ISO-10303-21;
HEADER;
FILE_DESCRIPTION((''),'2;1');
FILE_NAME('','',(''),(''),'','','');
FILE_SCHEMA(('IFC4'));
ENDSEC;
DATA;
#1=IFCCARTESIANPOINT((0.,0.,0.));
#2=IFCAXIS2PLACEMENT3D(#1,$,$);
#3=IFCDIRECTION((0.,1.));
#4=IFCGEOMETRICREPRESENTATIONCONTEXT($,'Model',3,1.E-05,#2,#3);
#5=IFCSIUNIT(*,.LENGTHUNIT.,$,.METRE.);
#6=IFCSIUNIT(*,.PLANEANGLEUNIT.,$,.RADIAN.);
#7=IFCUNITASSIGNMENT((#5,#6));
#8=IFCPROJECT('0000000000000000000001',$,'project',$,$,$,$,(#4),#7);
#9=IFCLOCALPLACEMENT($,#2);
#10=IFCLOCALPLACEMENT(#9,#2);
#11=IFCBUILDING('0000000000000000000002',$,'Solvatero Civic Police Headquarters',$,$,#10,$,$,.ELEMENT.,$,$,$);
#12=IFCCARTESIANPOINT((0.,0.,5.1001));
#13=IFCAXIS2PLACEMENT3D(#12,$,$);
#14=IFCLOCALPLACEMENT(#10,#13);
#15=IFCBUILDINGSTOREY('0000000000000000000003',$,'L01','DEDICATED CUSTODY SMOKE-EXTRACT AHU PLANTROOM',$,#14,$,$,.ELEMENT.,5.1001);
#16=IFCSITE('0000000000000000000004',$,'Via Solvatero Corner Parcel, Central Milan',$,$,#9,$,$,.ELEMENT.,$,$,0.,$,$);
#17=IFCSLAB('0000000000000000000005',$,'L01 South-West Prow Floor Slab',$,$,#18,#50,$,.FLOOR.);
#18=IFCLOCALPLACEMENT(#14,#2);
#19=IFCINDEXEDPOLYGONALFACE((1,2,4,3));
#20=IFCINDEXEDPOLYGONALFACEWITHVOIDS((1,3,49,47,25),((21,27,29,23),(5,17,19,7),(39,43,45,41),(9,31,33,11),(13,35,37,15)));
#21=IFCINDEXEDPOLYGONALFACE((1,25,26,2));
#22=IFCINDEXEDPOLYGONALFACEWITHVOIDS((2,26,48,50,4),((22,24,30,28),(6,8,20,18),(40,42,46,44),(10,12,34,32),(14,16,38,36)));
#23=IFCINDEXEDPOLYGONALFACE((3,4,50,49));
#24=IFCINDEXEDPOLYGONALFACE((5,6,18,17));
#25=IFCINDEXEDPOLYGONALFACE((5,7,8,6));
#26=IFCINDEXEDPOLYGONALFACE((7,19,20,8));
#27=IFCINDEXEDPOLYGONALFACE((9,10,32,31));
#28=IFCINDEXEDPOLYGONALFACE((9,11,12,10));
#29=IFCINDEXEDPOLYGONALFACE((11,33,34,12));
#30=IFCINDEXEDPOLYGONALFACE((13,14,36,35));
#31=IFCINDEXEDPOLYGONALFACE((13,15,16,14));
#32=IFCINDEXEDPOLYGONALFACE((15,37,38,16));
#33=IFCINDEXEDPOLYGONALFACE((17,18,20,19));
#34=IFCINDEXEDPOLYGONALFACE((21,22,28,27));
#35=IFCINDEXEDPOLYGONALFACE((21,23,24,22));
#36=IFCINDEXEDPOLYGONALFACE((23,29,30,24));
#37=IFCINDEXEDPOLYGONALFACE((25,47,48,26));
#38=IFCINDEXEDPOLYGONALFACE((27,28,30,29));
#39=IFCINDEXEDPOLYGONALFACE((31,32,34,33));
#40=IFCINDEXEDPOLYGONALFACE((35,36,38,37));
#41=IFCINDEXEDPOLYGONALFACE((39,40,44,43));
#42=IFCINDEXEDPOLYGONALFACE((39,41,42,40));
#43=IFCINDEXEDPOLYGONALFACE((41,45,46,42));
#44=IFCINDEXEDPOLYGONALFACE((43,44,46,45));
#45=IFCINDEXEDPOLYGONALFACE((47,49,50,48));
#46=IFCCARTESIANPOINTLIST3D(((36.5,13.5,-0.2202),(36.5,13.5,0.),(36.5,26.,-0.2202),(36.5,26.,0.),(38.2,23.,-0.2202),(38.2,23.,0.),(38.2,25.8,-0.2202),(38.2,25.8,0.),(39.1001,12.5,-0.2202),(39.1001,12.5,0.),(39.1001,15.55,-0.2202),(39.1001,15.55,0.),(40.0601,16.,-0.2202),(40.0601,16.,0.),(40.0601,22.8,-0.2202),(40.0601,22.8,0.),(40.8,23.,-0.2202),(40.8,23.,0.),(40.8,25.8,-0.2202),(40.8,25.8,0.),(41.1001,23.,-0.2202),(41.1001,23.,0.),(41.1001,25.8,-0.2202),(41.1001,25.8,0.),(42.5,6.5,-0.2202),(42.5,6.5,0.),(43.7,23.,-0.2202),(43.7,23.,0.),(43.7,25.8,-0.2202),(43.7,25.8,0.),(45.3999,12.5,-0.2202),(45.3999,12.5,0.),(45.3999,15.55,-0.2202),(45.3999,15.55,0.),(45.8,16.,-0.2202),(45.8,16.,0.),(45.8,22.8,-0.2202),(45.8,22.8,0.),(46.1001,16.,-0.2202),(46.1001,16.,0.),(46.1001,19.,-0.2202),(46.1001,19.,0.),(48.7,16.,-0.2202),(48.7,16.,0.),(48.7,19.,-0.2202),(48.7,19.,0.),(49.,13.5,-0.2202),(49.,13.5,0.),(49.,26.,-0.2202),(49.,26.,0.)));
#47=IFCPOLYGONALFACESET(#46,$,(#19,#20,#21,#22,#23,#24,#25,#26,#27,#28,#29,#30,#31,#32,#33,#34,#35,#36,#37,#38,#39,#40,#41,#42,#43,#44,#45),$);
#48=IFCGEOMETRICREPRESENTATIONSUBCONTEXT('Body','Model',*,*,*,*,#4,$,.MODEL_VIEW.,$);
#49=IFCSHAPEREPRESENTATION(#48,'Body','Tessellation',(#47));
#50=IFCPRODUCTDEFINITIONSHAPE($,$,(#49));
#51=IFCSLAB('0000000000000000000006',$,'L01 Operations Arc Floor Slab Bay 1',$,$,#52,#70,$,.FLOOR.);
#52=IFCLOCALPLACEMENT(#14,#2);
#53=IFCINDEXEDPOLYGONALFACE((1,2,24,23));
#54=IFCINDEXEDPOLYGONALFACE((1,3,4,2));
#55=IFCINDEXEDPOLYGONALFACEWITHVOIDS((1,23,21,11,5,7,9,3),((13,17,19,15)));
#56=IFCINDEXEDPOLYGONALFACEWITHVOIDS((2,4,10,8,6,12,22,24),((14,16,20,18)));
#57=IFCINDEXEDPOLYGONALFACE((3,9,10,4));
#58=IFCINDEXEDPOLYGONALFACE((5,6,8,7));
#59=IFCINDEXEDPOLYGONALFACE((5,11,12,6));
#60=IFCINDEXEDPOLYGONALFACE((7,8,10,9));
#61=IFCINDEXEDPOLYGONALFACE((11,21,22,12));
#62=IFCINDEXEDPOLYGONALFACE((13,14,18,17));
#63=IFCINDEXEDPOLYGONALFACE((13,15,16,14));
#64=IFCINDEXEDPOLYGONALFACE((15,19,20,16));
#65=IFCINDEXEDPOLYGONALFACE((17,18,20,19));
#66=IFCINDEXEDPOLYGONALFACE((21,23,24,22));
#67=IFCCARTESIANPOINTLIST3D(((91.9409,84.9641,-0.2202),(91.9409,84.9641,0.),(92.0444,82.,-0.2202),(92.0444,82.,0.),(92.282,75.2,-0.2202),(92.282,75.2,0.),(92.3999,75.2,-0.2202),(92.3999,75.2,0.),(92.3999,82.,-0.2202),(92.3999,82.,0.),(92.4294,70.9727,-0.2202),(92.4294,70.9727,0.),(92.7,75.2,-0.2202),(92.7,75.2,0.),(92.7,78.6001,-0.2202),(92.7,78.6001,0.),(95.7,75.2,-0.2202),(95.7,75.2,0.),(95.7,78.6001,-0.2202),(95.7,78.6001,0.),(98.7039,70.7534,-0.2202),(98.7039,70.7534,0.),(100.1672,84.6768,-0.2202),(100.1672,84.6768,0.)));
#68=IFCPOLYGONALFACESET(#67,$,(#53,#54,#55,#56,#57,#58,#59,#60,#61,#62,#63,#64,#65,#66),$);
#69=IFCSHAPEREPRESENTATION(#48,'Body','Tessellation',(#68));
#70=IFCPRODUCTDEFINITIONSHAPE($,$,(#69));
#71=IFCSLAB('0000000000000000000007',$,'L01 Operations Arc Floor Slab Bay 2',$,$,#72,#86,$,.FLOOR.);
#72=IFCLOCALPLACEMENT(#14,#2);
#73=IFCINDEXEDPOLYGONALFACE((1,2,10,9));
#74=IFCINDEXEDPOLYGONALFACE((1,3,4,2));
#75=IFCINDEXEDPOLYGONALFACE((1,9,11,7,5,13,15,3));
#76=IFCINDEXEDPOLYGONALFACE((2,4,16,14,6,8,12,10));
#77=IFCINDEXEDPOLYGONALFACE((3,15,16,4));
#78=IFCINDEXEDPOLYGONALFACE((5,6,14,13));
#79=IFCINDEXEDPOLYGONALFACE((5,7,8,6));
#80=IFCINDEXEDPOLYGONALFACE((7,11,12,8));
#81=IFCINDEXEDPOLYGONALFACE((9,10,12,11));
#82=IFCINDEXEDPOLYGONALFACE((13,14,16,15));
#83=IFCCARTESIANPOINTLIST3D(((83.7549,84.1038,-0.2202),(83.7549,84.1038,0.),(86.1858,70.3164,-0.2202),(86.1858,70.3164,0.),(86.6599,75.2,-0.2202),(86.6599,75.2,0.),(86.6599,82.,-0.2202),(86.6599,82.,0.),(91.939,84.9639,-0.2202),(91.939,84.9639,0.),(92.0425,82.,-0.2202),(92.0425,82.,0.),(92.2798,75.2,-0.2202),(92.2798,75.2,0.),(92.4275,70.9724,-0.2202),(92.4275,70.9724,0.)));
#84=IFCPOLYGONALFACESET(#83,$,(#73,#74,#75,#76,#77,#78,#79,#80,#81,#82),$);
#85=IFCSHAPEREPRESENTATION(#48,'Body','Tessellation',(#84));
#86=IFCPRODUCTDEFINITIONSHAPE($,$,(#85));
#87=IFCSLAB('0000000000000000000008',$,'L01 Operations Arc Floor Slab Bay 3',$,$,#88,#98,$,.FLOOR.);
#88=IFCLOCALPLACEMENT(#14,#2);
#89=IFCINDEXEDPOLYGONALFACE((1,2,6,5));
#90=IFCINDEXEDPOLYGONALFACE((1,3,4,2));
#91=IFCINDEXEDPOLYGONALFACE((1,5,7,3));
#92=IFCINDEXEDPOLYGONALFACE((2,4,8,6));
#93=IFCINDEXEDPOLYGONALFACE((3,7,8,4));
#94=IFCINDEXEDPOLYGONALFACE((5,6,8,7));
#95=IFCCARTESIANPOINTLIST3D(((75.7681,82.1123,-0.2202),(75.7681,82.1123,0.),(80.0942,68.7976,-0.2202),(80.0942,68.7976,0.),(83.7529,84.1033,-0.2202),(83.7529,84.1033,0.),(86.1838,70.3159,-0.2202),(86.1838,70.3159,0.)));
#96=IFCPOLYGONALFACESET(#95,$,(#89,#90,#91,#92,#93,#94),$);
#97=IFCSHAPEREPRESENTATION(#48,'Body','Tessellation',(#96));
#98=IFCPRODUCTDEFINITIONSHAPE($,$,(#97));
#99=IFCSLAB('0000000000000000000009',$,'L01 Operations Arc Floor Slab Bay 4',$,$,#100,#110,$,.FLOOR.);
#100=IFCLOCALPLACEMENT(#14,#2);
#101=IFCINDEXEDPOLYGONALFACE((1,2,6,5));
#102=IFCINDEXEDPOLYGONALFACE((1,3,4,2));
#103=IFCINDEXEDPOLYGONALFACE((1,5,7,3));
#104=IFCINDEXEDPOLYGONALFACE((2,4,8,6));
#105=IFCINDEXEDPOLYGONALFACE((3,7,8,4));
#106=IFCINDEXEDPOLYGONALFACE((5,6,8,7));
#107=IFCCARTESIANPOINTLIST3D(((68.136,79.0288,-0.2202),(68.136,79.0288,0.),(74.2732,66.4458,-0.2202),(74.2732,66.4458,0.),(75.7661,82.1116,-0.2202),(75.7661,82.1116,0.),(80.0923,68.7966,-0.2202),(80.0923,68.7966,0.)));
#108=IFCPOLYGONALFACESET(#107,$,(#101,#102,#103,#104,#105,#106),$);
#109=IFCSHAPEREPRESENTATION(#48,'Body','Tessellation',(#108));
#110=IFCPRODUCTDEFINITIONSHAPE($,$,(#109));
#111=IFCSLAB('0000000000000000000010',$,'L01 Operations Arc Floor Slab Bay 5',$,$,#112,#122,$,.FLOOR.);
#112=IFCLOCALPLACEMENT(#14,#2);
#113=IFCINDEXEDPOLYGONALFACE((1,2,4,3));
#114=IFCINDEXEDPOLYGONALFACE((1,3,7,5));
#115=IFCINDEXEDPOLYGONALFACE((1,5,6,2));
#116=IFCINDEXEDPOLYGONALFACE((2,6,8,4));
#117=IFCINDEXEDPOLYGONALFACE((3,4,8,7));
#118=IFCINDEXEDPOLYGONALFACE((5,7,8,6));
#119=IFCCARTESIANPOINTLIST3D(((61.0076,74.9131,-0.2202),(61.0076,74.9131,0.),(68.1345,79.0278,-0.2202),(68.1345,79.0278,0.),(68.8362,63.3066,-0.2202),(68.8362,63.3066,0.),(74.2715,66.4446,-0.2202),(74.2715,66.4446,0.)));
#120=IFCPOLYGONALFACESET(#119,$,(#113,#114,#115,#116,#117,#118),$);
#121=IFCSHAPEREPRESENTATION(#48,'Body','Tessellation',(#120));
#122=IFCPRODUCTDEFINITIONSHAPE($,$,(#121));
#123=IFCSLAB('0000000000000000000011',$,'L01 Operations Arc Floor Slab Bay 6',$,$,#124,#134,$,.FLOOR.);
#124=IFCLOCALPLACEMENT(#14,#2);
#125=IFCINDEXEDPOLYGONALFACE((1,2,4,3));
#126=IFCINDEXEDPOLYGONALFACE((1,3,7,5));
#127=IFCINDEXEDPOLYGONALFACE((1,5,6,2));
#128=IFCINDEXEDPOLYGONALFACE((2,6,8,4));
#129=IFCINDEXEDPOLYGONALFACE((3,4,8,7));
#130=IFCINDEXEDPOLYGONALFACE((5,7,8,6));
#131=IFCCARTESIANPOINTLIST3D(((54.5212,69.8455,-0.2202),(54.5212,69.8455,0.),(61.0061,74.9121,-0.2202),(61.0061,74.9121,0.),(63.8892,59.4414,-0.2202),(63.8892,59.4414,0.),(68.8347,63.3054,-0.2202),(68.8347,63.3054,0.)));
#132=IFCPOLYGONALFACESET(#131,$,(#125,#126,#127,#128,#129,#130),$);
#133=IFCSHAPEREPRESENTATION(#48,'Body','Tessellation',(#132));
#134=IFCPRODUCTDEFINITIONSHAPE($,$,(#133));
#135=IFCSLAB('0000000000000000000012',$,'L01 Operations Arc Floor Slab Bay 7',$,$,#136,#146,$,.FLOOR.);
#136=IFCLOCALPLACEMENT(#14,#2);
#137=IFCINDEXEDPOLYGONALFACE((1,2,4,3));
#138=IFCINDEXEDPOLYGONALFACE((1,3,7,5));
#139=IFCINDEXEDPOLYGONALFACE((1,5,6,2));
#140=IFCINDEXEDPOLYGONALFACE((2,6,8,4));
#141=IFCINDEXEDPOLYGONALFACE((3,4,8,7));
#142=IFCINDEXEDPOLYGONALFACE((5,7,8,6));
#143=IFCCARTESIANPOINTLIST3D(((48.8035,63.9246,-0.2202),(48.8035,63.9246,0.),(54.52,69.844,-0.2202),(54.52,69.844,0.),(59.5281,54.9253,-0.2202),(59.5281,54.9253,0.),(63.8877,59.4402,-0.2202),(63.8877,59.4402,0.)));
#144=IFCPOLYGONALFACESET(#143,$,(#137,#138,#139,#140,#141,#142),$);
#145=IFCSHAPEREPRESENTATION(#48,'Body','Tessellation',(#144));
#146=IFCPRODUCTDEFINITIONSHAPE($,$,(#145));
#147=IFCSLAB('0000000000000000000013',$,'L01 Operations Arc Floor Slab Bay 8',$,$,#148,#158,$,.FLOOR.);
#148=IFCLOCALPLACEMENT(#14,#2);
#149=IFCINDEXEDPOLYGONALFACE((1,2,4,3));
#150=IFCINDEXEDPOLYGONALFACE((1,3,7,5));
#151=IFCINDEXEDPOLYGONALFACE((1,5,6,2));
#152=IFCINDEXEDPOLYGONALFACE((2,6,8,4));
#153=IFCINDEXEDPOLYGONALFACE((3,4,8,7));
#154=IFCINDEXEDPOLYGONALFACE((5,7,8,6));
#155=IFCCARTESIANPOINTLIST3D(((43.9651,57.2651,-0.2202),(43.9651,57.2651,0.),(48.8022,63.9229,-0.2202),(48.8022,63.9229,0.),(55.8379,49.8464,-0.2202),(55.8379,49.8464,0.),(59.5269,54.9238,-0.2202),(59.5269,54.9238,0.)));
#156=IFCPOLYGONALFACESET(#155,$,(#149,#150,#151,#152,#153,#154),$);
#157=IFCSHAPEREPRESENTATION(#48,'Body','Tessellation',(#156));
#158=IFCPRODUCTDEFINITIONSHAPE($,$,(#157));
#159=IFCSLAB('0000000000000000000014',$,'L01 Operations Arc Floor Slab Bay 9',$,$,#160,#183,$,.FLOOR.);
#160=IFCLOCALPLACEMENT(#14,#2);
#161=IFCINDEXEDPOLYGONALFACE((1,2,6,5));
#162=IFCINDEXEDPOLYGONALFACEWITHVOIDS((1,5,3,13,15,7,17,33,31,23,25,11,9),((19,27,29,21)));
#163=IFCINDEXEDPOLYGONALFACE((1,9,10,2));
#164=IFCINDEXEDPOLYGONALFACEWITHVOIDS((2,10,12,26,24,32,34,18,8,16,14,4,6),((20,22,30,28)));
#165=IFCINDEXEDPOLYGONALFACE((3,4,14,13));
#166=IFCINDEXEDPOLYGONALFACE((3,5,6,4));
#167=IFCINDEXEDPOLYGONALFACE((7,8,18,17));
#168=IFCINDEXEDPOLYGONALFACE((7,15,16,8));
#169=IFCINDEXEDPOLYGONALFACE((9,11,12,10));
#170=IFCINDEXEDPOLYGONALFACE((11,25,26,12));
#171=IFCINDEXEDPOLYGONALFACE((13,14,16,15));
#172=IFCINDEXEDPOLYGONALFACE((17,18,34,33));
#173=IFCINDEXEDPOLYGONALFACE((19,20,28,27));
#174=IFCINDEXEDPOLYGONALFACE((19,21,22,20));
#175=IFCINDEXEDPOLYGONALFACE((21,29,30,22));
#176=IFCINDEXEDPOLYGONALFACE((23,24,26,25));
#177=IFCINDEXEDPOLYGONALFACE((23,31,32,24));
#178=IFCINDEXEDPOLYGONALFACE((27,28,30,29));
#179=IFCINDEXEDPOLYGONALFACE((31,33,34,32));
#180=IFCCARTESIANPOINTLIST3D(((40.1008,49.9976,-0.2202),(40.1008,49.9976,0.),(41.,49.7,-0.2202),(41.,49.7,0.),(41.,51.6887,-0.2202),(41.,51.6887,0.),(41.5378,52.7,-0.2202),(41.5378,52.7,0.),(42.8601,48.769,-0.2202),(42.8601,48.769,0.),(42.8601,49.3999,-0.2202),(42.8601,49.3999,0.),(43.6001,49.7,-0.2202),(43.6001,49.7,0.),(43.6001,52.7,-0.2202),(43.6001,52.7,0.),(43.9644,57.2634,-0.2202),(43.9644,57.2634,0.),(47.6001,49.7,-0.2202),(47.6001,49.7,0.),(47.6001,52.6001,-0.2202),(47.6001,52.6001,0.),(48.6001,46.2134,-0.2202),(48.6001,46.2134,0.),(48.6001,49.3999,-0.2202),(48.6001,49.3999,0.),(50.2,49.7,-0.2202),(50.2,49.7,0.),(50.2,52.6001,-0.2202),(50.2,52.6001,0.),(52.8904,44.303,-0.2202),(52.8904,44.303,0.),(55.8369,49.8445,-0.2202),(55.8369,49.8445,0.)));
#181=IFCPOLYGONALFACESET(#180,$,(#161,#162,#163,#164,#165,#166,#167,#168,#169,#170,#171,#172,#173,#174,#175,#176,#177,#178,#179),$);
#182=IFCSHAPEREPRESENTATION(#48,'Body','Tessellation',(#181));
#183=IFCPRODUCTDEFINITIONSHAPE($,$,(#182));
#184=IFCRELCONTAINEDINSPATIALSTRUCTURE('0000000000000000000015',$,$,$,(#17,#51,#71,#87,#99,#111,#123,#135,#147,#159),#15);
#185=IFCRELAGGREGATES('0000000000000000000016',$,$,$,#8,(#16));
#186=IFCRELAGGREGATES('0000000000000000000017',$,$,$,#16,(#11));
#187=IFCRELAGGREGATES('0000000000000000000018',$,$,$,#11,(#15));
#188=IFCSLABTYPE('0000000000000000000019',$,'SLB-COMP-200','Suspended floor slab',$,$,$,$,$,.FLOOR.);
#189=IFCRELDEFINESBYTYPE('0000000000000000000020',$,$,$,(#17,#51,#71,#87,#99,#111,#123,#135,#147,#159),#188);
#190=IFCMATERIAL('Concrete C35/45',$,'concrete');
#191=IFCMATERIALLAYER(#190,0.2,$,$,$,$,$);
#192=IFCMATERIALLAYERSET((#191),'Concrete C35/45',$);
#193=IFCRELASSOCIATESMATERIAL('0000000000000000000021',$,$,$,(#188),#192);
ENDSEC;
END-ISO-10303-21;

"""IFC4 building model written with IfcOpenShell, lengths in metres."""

from ifc_helpers import new_model, si_unit, direction, frame, origin, place, context, subcontext, project, spatial, polyline, outline, extrude, material, layer, layer_set, type_object, element, save


model = new_model("IFC4")

# Units and contexts
model_context = context("Model", 3, precision=1e-05, world=origin(), true_north=direction((0.0, 1.0)))
body_context = subcontext(model_context, "Body", "Model", "MODEL_VIEW")
ifc_project = project(units=[si_unit("LENGTHUNIT", "METRE"), si_unit("PLANEANGLEUNIT", "RADIAN")], contexts=[model_context])

# Site, building, storey
site_placement = place(None, origin())
site = spatial("IfcSite", under=ifc_project, at=site_placement, Name="Via Solvatero Corner Parcel, Central Milan", CompositionType="ELEMENT", RefElevation=0.0)
building_placement = place(site_placement, origin())
building = spatial("IfcBuilding", under=site, at=building_placement, Name="Solvatero Civic Police Headquarters", CompositionType="ELEMENT")
storey_placement = place(building_placement, frame((0.0, 0.0, 5.1001)))
storey = spatial("IfcBuildingStorey", under=building, at=storey_placement, Name="L01", Description="DEDICATED CUSTODY SMOKE-EXTRACT AHU PLANTROOM", CompositionType="ELEMENT", Elevation=5.1001)

# Slabs
ifc_material_1 = material(Name="Concrete C35/45", Category="concrete")
ifc_layer_1 = layer(ifc_material_1, 0.2)
ifc_layer_set_1 = layer_set([ifc_layer_1], Name="Concrete C35/45")
slab_type_1 = type_object("IfcSlabType", Name="SLB-COMP-200", Description="Suspended floor slab", PredefinedType="FLOOR", material=ifc_layer_set_1)
slab_1_placement = place(storey_placement, frame((0.0, 0.0, -0.2202)))
element("IfcSlab", 1, at=slab_1_placement, inside=storey, type_object=slab_type_1, Name="L01 South-West Prow Floor Slab", PredefinedType="FLOOR", context=body_context, shape_type="SweptSolid", body=[
    extrude(outline(polyline([(49.0, 13.5), (42.5, 6.5), (36.5, 13.5), (36.5, 26.0), (49.0, 26.0), (49.0, 13.5)]), holes=[polyline([(39.1001, 12.5), (45.3999, 12.5), (45.3999, 15.55), (39.1001, 15.55), (39.1001, 12.5)]), polyline([(46.1001, 16.0), (48.7, 16.0), (48.7, 19.0), (46.1001, 19.0), (46.1001, 16.0)]), polyline([(40.0601, 16.0), (45.8, 16.0), (45.8, 22.8), (40.0601, 22.8), (40.0601, 16.0)]), polyline([(38.2, 25.8), (38.2, 23.0), (40.8, 23.0), (40.8, 25.8), (38.2, 25.8)]), polyline([(41.1001, 25.8), (41.1001, 23.0), (43.7, 23.0), (43.7, 25.8), (41.1001, 25.8)])]), origin(), (0.0, 0.0, 1.0), 0.2202),
])
slab_2_placement = place(storey_placement, frame((0.0, 0.0, -0.2202)))
element("IfcSlab", 2, at=slab_2_placement, inside=storey, type_object=slab_type_1, Name="L01 Operations Arc Floor Slab Bay 1", PredefinedType="FLOOR", context=body_context, shape_type="SweptSolid", body=[
    extrude(outline(polyline([(98.7039, 70.7534), (92.4294, 70.9727), (92.282, 75.2), (92.3999, 75.2), (92.3999, 82.0), (92.0444, 82.0), (91.9409, 84.9641), (100.1672, 84.6768), (98.7039, 70.7534)]), holes=[polyline([(92.7, 75.2), (95.7, 75.2), (95.7, 78.6001), (92.7, 78.6001), (92.7, 75.2)])]), origin(), (0.0, 0.0, 1.0), 0.2202),
])
slab_3_placement = place(storey_placement, frame((0.0, 0.0, -0.2202)))
element("IfcSlab", 3, at=slab_3_placement, inside=storey, type_object=slab_type_1, Name="L01 Operations Arc Floor Slab Bay 2", PredefinedType="FLOOR", context=body_context, shape_type="SweptSolid", body=[
    extrude(outline(polyline([(83.7549, 84.1038), (91.939, 84.9639), (92.0425, 82.0), (86.6599, 82.0), (86.6599, 75.2), (92.2798, 75.2), (92.4275, 70.9724), (86.1858, 70.3164), (83.7549, 84.1038)])), origin(), (0.0, 0.0, 1.0), 0.2202),
])
slab_4_placement = place(storey_placement, frame((0.0, 0.0, -0.2202)))
element("IfcSlab", 4, at=slab_4_placement, inside=storey, type_object=slab_type_1, Name="L01 Operations Arc Floor Slab Bay 3", PredefinedType="FLOOR", context=body_context, shape_type="SweptSolid", body=[
    extrude(outline(polyline([(83.7529, 84.1033), (86.1838, 70.3159), (80.0942, 68.7976), (75.7681, 82.1123), (83.7529, 84.1033)])), origin(), (0.0, 0.0, 1.0), 0.2202),
])
slab_5_placement = place(storey_placement, frame((0.0, 0.0, -0.2202)))
element("IfcSlab", 5, at=slab_5_placement, inside=storey, type_object=slab_type_1, Name="L01 Operations Arc Floor Slab Bay 4", PredefinedType="FLOOR", context=body_context, shape_type="SweptSolid", body=[
    extrude(outline(polyline([(75.7661, 82.1116), (80.0923, 68.7966), (74.2732, 66.4458), (68.136, 79.0288), (75.7661, 82.1116)])), origin(), (0.0, 0.0, 1.0), 0.2202),
])
slab_6_placement = place(storey_placement, frame((0.0, 0.0, -0.2202)))
element("IfcSlab", 6, at=slab_6_placement, inside=storey, type_object=slab_type_1, Name="L01 Operations Arc Floor Slab Bay 5", PredefinedType="FLOOR", context=body_context, shape_type="SweptSolid", body=[
    extrude(outline(polyline([(68.1345, 79.0278), (74.2715, 66.4446), (68.8362, 63.3066), (61.0076, 74.9131), (68.1345, 79.0278)])), origin(), (0.0, 0.0, 1.0), 0.2202),
])
slab_7_placement = place(storey_placement, frame((0.0, 0.0, -0.2202)))
element("IfcSlab", 7, at=slab_7_placement, inside=storey, type_object=slab_type_1, Name="L01 Operations Arc Floor Slab Bay 6", PredefinedType="FLOOR", context=body_context, shape_type="SweptSolid", body=[
    extrude(outline(polyline([(61.0061, 74.9121), (68.8347, 63.3054), (63.8892, 59.4414), (54.5212, 69.8455), (61.0061, 74.9121)])), origin(), (0.0, 0.0, 1.0), 0.2202),
])
slab_8_placement = place(storey_placement, frame((0.0, 0.0, -0.2202)))
element("IfcSlab", 8, at=slab_8_placement, inside=storey, type_object=slab_type_1, Name="L01 Operations Arc Floor Slab Bay 7", PredefinedType="FLOOR", context=body_context, shape_type="SweptSolid", body=[
    extrude(outline(polyline([(54.52, 69.844), (63.8877, 59.4402), (59.5281, 54.9253), (48.8035, 63.9246), (54.52, 69.844)])), origin(), (0.0, 0.0, 1.0), 0.2202),
])
slab_9_placement = place(storey_placement, frame((0.0, 0.0, -0.2202)))
element("IfcSlab", 9, at=slab_9_placement, inside=storey, type_object=slab_type_1, Name="L01 Operations Arc Floor Slab Bay 8", PredefinedType="FLOOR", context=body_context, shape_type="SweptSolid", body=[
    extrude(outline(polyline([(48.8022, 63.9229), (59.5269, 54.9238), (55.8379, 49.8464), (43.9651, 57.2651), (48.8022, 63.9229)])), origin(), (0.0, 0.0, 1.0), 0.2202),
])
slab_10_placement = place(storey_placement, frame((0.0, 0.0, -0.2202)))
element("IfcSlab", 10, at=slab_10_placement, inside=storey, type_object=slab_type_1, Name="L01 Operations Arc Floor Slab Bay 9", PredefinedType="FLOOR", context=body_context, shape_type="SweptSolid", body=[
    extrude(outline(polyline([(52.8904, 44.303), (48.6001, 46.2134), (48.6001, 49.3999), (42.8601, 49.3999), (42.8601, 48.769), (40.1008, 49.9976), (41.0, 51.6887), (41.0, 49.7), (43.6001, 49.7), (43.6001, 52.7), (41.5378, 52.7), (43.9644, 57.2634), (55.8369, 49.8445), (52.8904, 44.303)]), holes=[polyline([(50.2, 49.7), (50.2, 52.6001), (47.6001, 52.6001), (47.6001, 49.7), (50.2, 49.7)])]), origin(), (0.0, 0.0, 1.0), 0.2202),
])

save(model, "model.ifc")
